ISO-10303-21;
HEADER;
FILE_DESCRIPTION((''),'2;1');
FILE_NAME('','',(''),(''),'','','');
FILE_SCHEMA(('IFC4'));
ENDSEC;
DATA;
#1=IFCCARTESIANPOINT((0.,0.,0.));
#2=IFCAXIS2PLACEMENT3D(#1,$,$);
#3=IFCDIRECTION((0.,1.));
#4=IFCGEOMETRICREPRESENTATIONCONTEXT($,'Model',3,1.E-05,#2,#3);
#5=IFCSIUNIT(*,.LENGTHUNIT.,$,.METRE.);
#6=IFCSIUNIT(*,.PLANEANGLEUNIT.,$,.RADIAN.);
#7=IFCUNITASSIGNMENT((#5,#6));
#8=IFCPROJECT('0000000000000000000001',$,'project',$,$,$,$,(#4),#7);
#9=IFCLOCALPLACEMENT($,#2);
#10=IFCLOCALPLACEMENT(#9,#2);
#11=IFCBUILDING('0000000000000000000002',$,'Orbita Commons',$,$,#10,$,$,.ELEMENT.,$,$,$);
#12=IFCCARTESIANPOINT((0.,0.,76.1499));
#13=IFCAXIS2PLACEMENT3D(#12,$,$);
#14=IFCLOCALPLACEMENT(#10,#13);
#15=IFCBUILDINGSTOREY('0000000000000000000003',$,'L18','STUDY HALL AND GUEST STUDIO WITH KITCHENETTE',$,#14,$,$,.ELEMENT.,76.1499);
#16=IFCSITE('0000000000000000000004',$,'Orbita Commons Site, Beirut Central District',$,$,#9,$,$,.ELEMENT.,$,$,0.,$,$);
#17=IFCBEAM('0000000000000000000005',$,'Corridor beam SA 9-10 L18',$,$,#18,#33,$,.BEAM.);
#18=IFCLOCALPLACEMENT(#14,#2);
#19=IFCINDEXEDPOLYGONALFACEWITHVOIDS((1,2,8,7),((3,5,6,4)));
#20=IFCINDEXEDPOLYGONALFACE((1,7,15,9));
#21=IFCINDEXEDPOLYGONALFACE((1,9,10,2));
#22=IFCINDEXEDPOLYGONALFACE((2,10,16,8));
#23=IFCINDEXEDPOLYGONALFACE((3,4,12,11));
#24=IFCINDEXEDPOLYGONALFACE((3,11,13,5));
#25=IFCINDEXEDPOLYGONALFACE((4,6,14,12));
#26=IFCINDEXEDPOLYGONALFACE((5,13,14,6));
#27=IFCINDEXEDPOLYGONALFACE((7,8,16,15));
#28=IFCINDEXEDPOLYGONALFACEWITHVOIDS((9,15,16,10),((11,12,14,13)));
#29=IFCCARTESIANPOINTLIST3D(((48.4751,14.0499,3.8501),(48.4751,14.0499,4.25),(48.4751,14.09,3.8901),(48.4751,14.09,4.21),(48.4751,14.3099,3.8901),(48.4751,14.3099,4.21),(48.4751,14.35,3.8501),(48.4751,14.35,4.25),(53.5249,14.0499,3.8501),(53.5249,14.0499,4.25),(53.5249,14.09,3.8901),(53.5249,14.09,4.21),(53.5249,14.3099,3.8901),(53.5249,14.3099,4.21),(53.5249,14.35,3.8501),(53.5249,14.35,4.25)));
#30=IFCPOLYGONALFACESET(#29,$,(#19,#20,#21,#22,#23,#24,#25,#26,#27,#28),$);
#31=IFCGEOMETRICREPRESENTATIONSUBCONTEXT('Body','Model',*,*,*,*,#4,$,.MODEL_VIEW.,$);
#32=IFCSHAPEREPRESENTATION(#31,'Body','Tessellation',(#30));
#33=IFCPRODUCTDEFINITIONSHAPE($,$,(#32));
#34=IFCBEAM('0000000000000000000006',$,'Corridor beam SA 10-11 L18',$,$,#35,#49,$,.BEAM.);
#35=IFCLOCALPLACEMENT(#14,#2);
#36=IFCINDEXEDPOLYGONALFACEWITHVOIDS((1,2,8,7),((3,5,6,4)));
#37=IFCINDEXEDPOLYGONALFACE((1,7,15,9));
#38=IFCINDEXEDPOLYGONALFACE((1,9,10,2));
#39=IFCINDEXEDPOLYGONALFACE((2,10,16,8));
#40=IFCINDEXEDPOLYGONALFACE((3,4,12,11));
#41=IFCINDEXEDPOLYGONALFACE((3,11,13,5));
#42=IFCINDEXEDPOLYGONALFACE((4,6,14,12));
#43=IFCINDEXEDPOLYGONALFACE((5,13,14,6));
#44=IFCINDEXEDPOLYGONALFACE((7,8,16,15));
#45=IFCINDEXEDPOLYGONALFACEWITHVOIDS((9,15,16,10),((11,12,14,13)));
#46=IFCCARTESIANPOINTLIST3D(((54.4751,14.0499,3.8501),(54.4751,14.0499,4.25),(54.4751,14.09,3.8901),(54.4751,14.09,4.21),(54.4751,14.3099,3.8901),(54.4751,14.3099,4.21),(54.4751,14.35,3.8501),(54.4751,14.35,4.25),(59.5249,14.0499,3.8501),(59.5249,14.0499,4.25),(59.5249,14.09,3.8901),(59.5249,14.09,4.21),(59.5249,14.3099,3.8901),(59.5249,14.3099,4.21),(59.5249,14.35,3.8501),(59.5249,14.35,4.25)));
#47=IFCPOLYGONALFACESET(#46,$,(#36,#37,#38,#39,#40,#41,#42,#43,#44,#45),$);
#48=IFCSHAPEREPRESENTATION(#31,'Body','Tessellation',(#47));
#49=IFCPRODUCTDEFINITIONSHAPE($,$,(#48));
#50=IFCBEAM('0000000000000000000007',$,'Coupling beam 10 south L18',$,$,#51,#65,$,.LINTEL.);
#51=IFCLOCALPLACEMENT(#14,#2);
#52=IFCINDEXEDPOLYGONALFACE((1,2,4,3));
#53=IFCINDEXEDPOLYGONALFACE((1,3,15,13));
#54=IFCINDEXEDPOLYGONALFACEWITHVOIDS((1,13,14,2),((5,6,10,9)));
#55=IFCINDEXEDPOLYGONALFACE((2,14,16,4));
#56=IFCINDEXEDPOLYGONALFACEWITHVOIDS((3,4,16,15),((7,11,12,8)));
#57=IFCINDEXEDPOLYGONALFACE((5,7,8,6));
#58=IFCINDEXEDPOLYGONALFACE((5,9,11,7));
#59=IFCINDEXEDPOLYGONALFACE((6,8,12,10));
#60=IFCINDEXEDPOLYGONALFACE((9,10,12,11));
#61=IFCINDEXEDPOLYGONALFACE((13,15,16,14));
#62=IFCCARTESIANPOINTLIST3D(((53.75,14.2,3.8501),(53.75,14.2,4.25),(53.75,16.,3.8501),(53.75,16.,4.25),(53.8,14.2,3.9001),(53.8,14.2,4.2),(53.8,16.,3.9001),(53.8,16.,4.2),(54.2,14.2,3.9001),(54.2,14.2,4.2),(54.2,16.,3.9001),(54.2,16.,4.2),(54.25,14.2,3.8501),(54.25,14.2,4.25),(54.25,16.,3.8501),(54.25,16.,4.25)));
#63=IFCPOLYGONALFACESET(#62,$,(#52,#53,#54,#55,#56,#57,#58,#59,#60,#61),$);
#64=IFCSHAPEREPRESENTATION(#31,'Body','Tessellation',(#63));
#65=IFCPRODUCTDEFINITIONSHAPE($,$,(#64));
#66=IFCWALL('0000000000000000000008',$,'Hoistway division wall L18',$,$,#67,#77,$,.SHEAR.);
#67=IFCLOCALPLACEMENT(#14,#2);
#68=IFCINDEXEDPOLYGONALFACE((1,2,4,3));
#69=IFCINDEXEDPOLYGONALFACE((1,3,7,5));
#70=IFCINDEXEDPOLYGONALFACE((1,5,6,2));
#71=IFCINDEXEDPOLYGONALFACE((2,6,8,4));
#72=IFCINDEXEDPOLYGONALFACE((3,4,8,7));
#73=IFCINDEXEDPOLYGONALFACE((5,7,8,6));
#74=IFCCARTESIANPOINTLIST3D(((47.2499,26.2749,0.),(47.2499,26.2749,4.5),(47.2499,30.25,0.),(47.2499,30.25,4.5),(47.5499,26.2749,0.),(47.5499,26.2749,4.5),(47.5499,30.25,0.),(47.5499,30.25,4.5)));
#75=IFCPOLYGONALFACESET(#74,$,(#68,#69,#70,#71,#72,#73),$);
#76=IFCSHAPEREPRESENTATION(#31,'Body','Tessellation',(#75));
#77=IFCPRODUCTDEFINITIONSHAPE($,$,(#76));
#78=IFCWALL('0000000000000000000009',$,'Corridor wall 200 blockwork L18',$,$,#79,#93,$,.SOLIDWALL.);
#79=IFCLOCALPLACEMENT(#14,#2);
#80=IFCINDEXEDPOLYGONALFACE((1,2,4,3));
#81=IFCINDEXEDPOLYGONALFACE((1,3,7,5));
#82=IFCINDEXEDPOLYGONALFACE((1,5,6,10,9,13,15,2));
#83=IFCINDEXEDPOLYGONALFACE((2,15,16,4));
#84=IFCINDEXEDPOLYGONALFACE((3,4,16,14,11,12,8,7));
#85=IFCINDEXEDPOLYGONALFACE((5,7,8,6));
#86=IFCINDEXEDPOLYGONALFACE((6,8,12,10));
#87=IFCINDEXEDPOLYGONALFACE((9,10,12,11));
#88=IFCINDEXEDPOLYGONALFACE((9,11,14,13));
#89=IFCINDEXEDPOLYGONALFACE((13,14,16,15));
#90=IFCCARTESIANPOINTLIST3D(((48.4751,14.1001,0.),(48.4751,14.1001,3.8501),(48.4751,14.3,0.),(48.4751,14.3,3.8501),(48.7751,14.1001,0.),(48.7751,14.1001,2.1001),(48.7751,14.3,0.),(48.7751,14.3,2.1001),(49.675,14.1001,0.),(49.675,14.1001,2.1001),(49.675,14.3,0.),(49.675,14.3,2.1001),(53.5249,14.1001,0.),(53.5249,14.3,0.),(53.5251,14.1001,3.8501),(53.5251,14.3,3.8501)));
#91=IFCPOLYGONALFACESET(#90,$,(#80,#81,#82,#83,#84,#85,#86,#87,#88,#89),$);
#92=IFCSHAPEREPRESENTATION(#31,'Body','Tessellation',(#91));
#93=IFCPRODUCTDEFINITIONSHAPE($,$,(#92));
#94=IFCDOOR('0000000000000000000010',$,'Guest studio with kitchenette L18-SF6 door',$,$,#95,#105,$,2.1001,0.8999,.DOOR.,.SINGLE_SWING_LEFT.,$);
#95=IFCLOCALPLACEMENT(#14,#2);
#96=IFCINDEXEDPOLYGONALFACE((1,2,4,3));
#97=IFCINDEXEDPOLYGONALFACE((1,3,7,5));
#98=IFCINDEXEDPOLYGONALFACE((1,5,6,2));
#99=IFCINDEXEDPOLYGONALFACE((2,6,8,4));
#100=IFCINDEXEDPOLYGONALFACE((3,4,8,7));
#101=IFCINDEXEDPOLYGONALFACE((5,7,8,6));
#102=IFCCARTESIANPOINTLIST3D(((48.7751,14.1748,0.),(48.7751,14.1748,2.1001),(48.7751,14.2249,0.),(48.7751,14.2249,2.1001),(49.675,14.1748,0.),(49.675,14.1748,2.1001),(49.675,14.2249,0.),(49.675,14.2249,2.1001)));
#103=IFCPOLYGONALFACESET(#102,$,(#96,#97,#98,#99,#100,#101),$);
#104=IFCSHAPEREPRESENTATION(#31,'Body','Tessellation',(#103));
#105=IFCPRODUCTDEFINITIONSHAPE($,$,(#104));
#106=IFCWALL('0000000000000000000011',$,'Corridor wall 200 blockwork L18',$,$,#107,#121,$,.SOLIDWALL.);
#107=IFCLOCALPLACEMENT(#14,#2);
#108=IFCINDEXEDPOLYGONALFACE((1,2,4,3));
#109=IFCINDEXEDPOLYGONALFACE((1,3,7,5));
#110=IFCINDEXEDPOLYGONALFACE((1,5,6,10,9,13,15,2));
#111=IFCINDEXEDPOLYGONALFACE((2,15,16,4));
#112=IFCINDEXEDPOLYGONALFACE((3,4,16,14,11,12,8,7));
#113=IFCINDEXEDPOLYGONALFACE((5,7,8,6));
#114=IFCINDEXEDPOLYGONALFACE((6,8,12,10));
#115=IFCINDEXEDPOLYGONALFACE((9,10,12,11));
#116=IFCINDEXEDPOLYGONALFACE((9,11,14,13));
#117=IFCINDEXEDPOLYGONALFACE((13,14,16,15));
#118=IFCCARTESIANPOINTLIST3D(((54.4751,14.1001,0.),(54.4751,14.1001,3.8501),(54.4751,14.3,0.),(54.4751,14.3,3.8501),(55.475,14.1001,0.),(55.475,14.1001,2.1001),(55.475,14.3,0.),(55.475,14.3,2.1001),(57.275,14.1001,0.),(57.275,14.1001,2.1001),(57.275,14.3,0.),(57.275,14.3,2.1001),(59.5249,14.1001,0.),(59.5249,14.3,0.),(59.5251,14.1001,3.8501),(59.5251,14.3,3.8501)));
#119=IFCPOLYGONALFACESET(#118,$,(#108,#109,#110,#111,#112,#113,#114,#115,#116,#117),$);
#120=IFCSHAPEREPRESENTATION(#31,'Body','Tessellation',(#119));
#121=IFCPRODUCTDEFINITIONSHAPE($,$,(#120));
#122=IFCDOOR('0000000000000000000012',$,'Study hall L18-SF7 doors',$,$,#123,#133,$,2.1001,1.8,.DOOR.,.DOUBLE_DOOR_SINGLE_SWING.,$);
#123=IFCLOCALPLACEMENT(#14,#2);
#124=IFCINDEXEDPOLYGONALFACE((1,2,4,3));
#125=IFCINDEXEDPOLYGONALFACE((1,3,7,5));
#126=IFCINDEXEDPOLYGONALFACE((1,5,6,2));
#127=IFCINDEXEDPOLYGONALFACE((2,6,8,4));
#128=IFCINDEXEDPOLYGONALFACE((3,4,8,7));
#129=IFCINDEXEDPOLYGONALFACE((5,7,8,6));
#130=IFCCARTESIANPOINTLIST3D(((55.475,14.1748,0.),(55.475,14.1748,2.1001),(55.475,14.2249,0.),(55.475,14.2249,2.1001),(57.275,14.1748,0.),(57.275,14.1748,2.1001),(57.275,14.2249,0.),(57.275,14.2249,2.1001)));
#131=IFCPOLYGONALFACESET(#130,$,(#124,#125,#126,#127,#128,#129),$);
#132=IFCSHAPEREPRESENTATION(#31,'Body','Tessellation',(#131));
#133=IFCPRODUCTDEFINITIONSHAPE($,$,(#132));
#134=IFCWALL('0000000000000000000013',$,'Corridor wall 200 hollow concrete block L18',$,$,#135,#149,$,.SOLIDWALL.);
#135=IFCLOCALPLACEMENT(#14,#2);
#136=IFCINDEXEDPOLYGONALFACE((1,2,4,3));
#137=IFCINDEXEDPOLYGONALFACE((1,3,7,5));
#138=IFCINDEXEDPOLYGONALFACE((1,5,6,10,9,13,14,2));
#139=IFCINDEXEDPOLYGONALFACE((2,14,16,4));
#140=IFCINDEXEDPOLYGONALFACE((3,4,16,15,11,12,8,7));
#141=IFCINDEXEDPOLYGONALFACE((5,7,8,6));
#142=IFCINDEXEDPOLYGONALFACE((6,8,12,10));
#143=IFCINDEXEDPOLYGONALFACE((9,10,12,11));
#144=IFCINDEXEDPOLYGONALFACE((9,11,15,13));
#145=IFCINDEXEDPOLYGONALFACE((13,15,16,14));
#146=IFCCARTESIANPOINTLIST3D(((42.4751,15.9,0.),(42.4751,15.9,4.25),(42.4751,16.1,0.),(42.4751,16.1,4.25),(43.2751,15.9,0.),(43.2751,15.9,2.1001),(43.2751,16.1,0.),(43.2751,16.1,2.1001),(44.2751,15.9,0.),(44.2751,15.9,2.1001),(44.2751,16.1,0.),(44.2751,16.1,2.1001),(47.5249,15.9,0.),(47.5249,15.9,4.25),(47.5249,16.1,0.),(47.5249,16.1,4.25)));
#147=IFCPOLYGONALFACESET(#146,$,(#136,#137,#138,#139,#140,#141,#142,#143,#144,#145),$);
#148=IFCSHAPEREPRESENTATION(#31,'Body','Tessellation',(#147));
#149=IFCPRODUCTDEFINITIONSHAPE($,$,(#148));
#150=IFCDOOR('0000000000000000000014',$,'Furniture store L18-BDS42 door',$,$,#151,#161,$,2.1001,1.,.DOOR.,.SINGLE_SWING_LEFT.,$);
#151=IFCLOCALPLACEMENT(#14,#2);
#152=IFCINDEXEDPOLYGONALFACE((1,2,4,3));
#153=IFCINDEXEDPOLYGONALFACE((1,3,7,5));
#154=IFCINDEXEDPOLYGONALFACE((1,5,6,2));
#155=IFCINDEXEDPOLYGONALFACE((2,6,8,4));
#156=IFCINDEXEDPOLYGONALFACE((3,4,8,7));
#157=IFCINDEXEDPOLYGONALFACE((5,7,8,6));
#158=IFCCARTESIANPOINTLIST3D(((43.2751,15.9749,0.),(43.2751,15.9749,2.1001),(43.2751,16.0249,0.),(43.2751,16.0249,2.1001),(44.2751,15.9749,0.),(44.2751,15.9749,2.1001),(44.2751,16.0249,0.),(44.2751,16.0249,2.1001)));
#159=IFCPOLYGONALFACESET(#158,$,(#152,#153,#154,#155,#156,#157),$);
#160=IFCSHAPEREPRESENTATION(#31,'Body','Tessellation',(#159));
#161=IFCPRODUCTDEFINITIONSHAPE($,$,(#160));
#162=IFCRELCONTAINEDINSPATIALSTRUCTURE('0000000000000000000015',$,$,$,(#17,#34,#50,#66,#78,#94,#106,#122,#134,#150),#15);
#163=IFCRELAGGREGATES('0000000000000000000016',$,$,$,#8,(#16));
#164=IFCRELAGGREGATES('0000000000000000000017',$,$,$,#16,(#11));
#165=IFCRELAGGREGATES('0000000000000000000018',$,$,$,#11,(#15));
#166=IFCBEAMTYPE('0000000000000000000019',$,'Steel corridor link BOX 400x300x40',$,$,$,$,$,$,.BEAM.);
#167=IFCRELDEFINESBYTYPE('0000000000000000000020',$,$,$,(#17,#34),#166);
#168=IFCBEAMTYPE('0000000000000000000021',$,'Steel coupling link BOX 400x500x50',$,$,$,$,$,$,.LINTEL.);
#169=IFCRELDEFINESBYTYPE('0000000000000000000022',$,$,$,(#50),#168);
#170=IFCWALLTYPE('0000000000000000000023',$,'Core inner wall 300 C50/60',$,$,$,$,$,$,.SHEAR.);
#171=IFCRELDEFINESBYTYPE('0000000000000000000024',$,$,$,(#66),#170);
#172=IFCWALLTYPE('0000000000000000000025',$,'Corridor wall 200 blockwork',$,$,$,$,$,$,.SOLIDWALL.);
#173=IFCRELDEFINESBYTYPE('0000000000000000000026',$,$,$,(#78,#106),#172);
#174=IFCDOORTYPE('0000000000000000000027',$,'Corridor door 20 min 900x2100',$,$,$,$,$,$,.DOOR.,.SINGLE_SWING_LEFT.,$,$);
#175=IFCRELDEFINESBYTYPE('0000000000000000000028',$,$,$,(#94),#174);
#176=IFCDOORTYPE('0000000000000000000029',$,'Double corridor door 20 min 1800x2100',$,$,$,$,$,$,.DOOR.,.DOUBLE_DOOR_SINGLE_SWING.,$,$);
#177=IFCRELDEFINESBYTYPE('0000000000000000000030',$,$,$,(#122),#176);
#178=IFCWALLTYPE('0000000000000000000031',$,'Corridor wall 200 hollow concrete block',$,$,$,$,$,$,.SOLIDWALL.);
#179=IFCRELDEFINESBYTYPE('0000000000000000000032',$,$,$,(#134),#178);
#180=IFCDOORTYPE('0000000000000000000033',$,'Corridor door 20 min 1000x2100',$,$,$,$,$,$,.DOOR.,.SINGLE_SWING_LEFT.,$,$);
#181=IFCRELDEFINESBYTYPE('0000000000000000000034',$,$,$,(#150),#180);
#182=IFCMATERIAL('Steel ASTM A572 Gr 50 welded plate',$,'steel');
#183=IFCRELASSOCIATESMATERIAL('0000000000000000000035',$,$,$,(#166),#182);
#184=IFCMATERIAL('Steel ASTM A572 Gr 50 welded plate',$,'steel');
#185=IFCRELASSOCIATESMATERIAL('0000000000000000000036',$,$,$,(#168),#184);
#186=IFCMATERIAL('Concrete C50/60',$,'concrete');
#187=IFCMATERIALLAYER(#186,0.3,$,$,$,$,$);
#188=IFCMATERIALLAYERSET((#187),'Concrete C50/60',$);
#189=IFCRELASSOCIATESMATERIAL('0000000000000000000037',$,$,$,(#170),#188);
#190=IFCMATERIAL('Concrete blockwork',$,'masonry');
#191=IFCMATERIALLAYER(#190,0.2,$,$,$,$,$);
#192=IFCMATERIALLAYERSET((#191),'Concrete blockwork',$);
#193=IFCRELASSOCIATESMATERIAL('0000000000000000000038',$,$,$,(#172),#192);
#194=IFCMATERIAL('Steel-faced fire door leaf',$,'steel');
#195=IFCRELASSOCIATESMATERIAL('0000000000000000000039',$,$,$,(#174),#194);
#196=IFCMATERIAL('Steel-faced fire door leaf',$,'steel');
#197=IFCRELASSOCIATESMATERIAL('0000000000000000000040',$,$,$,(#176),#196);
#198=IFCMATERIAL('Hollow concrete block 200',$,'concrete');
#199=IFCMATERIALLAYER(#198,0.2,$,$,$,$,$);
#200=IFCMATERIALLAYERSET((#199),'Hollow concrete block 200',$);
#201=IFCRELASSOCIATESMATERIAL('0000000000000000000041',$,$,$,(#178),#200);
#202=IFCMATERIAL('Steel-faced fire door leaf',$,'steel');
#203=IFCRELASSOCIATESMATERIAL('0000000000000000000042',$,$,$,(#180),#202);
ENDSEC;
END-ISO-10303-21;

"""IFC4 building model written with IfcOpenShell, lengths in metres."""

from ifc_helpers import new_model, si_unit, direction, frame, frame_2d, origin, origin_2d, place, context, subcontext, project, spatial, polyline, rectangle, hollow_rectangle, outline, extrude, material, layer, layer_set, material_profile, profile_set, type_object, element, fill, save


model = new_model("IFC4")

# Units and contexts
model_context = context("Model", 3, precision=1e-05, world=origin(), true_north=direction((0.0, 1.0)))
body_context = subcontext(model_context, "Body", "Model", "MODEL_VIEW")
ifc_project = project(units=[si_unit("LENGTHUNIT", "METRE"), si_unit("PLANEANGLEUNIT", "RADIAN")], contexts=[model_context])

# Site, building, storey
site_placement = place(None, origin())
site = spatial("IfcSite", under=ifc_project, at=site_placement, Name="Orbita Commons Site, Beirut Central District", CompositionType="ELEMENT", RefElevation=0.0)
building_placement = place(site_placement, origin())
building = spatial("IfcBuilding", under=site, at=building_placement, Name="Orbita Commons", CompositionType="ELEMENT")
storey_placement = place(building_placement, frame((0.0, 0.0, 76.1499)))
storey = spatial("IfcBuildingStorey", under=building, at=storey_placement, Name="L18", Description="STUDY HALL AND GUEST STUDIO WITH KITCHENETTE", CompositionType="ELEMENT", Elevation=76.1499)

# Beams
ifc_material_1 = material(Name="Steel ASTM A572 Gr 50 welded plate", Category="steel")
ifc_material_profile_1 = material_profile(ifc_material_1, hollow_rectangle(XDim=0.3, YDim=0.3999, WallThickness=0.04, at=origin_2d()), Name="BOX 400x300x40")
ifc_profile_set_1 = profile_set([ifc_material_profile_1], Name="Steel ASTM A572 Gr 50 welded plate")
beam_type_1 = type_object("IfcBeamType", Name="Steel corridor link BOX 400x300x40", PredefinedType="BEAM", material=ifc_profile_set_1)
for number, where, z_axis, x_axis, name in (
    (1, (48.4751, 14.2, 4.05), (1.0, 0.0, 0.0), (0.0, 1.0, 0.0), "Corridor beam SA 9-10 L18"),
    (2, (54.4751, 14.2, 4.05), (1.0, 0.0, 0.0), (0.0, 1.0, 0.0), "Corridor beam SA 10-11 L18"),
):
    element("IfcBeam", number, at=place(storey_placement, frame(where, z_axis=z_axis, x_axis=x_axis)), inside=storey, type_object=beam_type_1, Name=name, PredefinedType="BEAM", context=body_context, shape_type="SweptSolid", body=[
        extrude(hollow_rectangle(XDim=0.3, YDim=0.3999, WallThickness=0.04, at=origin_2d()), origin(), (0.0, 0.0, 1.0), 5.0498),
    ])
ifc_material_2 = material(Name="Steel ASTM A572 Gr 50 welded plate", Category="steel")
ifc_material_profile_2 = material_profile(ifc_material_2, hollow_rectangle(XDim=0.5, YDim=0.3999, WallThickness=0.05, at=origin_2d()), Name="BOX 400x500x50")
ifc_profile_set_2 = profile_set([ifc_material_profile_2], Name="Steel ASTM A572 Gr 50 welded plate")
beam_type_2 = type_object("IfcBeamType", Name="Steel coupling link BOX 400x500x50", PredefinedType="LINTEL", material=ifc_profile_set_2)
beam_placement = place(storey_placement, frame((54.0, 14.2, 4.05), z_axis=(0.0, 1.0, 0.0), x_axis=(-1.0, 0.0, 0.0)))
element("IfcBeam", 3, at=beam_placement, inside=storey, type_object=beam_type_2, Name="Coupling beam 10 south L18", PredefinedType="LINTEL", context=body_context, shape_type="SweptSolid", body=[
    extrude(hollow_rectangle(XDim=0.5, YDim=0.3999, WallThickness=0.05, at=origin_2d()), origin(), (0.0, 0.0, 1.0), 1.8),
])

# Wall
ifc_material_3 = material(Name="Concrete C50/60", Category="concrete")
ifc_layer_1 = layer(ifc_material_3, 0.3)
ifc_layer_set_1 = layer_set([ifc_layer_1], Name="Concrete C50/60")
wall_type_1 = type_object("IfcWallType", Name="Core inner wall 300 C50/60", PredefinedType="SHEAR", material=ifc_layer_set_1)
wall_1_placement = place(storey_placement, frame((47.3999, 26.2749, 0.0), z_axis=(0.0, 0.0, 1.0), x_axis=(0.0, 1.0, 0.0)))
element("IfcWall", 4, at=wall_1_placement, inside=storey, type_object=wall_type_1, Name="Hoistway division wall L18", PredefinedType="SHEAR", context=body_context, shape_type="SweptSolid", body=[
    extrude(rectangle(XDim=3.9751, YDim=0.3, at=frame_2d((1.9875, 0.0))), origin(), (0.0, 0.0, 1.0), 4.5),
])

# Walls, openings, doors
ifc_material_4 = material(Name="Concrete blockwork", Category="masonry")
ifc_layer_2 = layer(ifc_material_4, 0.2)
ifc_layer_set_2 = layer_set([ifc_layer_2], Name="Concrete blockwork")
wall_type_2 = type_object("IfcWallType", Name="Corridor wall 200 blockwork", PredefinedType="SOLIDWALL", material=ifc_layer_set_2)
wall_2_placement = place(storey_placement, frame((48.4751, 14.2, 0.0), z_axis=(0.0, 0.0, 1.0), x_axis=(1.0, 0.0, 0.0)))
wall_2 = element("IfcWall", 5, at=wall_2_placement, inside=storey, type_object=wall_type_2, Name="Corridor wall 200 blockwork L18", PredefinedType="SOLIDWALL", context=body_context, shape_type="SweptSolid", body=[
    extrude(outline(polyline([(0.0, 0.0), (5.0498, 0.0), (5.05, 3.8501), (0.0, 3.8501), (0.0, 0.0)])), frame((0.0, 0.1001, 0.0), z_axis=(0.0, -1.0, 0.0), x_axis=(1.0, 0.0, 0.0)), (0.0, 0.0, 1.0), 0.2),
])
opening_1_placement = place(wall_2_placement, frame((0.3, 0.0, 0.0)))
opening_1 = element("IfcOpeningElement", 6, at=opening_1_placement, cuts=wall_2, PredefinedType="OPENING", context=body_context, shape_type="SweptSolid", body=[
    extrude(rectangle(XDim=0.8999, YDim=2.1001, at=frame_2d((0.45, 1.05))), frame((0.0, 0.1099, 0.0), z_axis=(0.0, -1.0, 0.0), x_axis=(1.0, 0.0, 0.0)), (0.0, 0.0, 1.0), 0.22),
])
ifc_material_5 = material(Name="Steel-faced fire door leaf", Category="steel")
door_type_1 = type_object("IfcDoorType", Name="Corridor door 20 min 900x2100", OperationType="SINGLE_SWING_LEFT", PredefinedType="DOOR", material=ifc_material_5)
door_1_placement = place(opening_1_placement, origin())
door_1 = element("IfcDoor", 7, at=door_1_placement, inside=storey, type_object=door_type_1, Name="Guest studio with kitchenette L18-SF6 door", OperationType="SINGLE_SWING_LEFT", OverallHeight=2.1001, OverallWidth=0.8999, PredefinedType="DOOR", context=body_context, shape_type="SweptSolid", body=[
    extrude(rectangle(XDim=0.8999, YDim=2.1001, at=frame_2d((0.45, 1.05))), frame((0.0, 0.0249, 0.0), z_axis=(0.0, -1.0, 0.0), x_axis=(1.0, 0.0, 0.0)), (0.0, 0.0, 1.0), 0.05),
])
fill(opening_1, door_1)
wall_3_placement = place(storey_placement, frame((54.4751, 14.2, 0.0), z_axis=(0.0, 0.0, 1.0), x_axis=(1.0, 0.0, 0.0)))
wall_3 = element("IfcWall", 8, at=wall_3_placement, inside=storey, type_object=wall_type_2, Name="Corridor wall 200 blockwork L18", PredefinedType="SOLIDWALL", context=body_context, shape_type="SweptSolid", body=[
    extrude(outline(polyline([(0.0, 0.0), (5.0498, 0.0), (5.05, 3.8501), (0.0, 3.8501), (0.0, 0.0)])), frame((0.0, 0.1001, 0.0), z_axis=(0.0, -1.0, 0.0), x_axis=(1.0, 0.0, 0.0)), (0.0, 0.0, 1.0), 0.2),
])
opening_2_placement = place(wall_3_placement, frame((1.0, 0.0, 0.0)))
opening_2 = element("IfcOpeningElement", 9, at=opening_2_placement, cuts=wall_3, PredefinedType="OPENING", context=body_context, shape_type="SweptSolid", body=[
    extrude(rectangle(XDim=1.8, YDim=2.1001, at=frame_2d((0.8999, 1.05))), frame((0.0, 0.1099, 0.0), z_axis=(0.0, -1.0, 0.0), x_axis=(1.0, 0.0, 0.0)), (0.0, 0.0, 1.0), 0.22),
])
ifc_material_6 = material(Name="Steel-faced fire door leaf", Category="steel")
door_type_2 = type_object("IfcDoorType", Name="Double corridor door 20 min 1800x2100", OperationType="DOUBLE_DOOR_SINGLE_SWING", PredefinedType="DOOR", material=ifc_material_6)
door_2_placement = place(opening_2_placement, origin())
door_2 = element("IfcDoor", 10, at=door_2_placement, inside=storey, type_object=door_type_2, Name="Study hall L18-SF7 doors", OperationType="DOUBLE_DOOR_SINGLE_SWING", OverallHeight=2.1001, OverallWidth=1.8, PredefinedType="DOOR", context=body_context, shape_type="SweptSolid", body=[
    extrude(rectangle(XDim=1.8, YDim=2.1001, at=frame_2d((0.8999, 1.05))), frame((0.0, 0.0249, 0.0), z_axis=(0.0, -1.0, 0.0), x_axis=(1.0, 0.0, 0.0)), (0.0, 0.0, 1.0), 0.05),
])
fill(opening_2, door_2)
ifc_material_7 = material(Name="Hollow concrete block 200", Category="concrete")
ifc_layer_3 = layer(ifc_material_7, 0.2)
ifc_layer_set_3 = layer_set([ifc_layer_3], Name="Hollow concrete block 200")
wall_type_3 = type_object("IfcWallType", Name="Corridor wall 200 hollow concrete block", PredefinedType="SOLIDWALL", material=ifc_layer_set_3)
wall_4_placement = place(storey_placement, frame((42.4751, 16.0, 0.0), z_axis=(0.0, 0.0, 1.0), x_axis=(1.0, 0.0, 0.0)))
wall_4 = element("IfcWall", 11, at=wall_4_placement, inside=storey, type_object=wall_type_3, Name="Corridor wall 200 hollow concrete block L18", PredefinedType="SOLIDWALL", context=body_context, shape_type="SweptSolid", body=[
    extrude(rectangle(XDim=5.0498, YDim=0.2, at=frame_2d((2.5249, 0.0))), origin(), (0.0, 0.0, 1.0), 4.25),
])
opening_3_placement = place(wall_4_placement, frame((0.8, 0.0, 0.0)))
opening_3 = element("IfcOpeningElement", 12, at=opening_3_placement, cuts=wall_4, PredefinedType="OPENING", context=body_context, shape_type="SweptSolid", body=[
    extrude(rectangle(XDim=1.0, YDim=2.1001, at=frame_2d((0.5, 1.05))), frame((0.0, 0.1099, 0.0), z_axis=(0.0, -1.0, 0.0), x_axis=(1.0, 0.0, 0.0)), (0.0, 0.0, 1.0), 0.22),
])
ifc_material_8 = material(Name="Steel-faced fire door leaf", Category="steel")
door_type_3 = type_object("IfcDoorType", Name="Corridor door 20 min 1000x2100", OperationType="SINGLE_SWING_LEFT", PredefinedType="DOOR", material=ifc_material_8)
door_3_placement = place(opening_3_placement, origin())
door_3 = element("IfcDoor", 13, at=door_3_placement, inside=storey, type_object=door_type_3, Name="Furniture store L18-BDS42 door", OperationType="SINGLE_SWING_LEFT", OverallHeight=2.1001, OverallWidth=1.0, PredefinedType="DOOR", context=body_context, shape_type="SweptSolid", body=[
    extrude(rectangle(XDim=1.0, YDim=2.1001, at=frame_2d((0.5, 1.05))), frame((0.0, 0.0249, 0.0), z_axis=(0.0, -1.0, 0.0), x_axis=(1.0, 0.0, 0.0)), (0.0, 0.0, 1.0), 0.05),
])
fill(opening_3, door_3)

save(model, "model.ifc")
